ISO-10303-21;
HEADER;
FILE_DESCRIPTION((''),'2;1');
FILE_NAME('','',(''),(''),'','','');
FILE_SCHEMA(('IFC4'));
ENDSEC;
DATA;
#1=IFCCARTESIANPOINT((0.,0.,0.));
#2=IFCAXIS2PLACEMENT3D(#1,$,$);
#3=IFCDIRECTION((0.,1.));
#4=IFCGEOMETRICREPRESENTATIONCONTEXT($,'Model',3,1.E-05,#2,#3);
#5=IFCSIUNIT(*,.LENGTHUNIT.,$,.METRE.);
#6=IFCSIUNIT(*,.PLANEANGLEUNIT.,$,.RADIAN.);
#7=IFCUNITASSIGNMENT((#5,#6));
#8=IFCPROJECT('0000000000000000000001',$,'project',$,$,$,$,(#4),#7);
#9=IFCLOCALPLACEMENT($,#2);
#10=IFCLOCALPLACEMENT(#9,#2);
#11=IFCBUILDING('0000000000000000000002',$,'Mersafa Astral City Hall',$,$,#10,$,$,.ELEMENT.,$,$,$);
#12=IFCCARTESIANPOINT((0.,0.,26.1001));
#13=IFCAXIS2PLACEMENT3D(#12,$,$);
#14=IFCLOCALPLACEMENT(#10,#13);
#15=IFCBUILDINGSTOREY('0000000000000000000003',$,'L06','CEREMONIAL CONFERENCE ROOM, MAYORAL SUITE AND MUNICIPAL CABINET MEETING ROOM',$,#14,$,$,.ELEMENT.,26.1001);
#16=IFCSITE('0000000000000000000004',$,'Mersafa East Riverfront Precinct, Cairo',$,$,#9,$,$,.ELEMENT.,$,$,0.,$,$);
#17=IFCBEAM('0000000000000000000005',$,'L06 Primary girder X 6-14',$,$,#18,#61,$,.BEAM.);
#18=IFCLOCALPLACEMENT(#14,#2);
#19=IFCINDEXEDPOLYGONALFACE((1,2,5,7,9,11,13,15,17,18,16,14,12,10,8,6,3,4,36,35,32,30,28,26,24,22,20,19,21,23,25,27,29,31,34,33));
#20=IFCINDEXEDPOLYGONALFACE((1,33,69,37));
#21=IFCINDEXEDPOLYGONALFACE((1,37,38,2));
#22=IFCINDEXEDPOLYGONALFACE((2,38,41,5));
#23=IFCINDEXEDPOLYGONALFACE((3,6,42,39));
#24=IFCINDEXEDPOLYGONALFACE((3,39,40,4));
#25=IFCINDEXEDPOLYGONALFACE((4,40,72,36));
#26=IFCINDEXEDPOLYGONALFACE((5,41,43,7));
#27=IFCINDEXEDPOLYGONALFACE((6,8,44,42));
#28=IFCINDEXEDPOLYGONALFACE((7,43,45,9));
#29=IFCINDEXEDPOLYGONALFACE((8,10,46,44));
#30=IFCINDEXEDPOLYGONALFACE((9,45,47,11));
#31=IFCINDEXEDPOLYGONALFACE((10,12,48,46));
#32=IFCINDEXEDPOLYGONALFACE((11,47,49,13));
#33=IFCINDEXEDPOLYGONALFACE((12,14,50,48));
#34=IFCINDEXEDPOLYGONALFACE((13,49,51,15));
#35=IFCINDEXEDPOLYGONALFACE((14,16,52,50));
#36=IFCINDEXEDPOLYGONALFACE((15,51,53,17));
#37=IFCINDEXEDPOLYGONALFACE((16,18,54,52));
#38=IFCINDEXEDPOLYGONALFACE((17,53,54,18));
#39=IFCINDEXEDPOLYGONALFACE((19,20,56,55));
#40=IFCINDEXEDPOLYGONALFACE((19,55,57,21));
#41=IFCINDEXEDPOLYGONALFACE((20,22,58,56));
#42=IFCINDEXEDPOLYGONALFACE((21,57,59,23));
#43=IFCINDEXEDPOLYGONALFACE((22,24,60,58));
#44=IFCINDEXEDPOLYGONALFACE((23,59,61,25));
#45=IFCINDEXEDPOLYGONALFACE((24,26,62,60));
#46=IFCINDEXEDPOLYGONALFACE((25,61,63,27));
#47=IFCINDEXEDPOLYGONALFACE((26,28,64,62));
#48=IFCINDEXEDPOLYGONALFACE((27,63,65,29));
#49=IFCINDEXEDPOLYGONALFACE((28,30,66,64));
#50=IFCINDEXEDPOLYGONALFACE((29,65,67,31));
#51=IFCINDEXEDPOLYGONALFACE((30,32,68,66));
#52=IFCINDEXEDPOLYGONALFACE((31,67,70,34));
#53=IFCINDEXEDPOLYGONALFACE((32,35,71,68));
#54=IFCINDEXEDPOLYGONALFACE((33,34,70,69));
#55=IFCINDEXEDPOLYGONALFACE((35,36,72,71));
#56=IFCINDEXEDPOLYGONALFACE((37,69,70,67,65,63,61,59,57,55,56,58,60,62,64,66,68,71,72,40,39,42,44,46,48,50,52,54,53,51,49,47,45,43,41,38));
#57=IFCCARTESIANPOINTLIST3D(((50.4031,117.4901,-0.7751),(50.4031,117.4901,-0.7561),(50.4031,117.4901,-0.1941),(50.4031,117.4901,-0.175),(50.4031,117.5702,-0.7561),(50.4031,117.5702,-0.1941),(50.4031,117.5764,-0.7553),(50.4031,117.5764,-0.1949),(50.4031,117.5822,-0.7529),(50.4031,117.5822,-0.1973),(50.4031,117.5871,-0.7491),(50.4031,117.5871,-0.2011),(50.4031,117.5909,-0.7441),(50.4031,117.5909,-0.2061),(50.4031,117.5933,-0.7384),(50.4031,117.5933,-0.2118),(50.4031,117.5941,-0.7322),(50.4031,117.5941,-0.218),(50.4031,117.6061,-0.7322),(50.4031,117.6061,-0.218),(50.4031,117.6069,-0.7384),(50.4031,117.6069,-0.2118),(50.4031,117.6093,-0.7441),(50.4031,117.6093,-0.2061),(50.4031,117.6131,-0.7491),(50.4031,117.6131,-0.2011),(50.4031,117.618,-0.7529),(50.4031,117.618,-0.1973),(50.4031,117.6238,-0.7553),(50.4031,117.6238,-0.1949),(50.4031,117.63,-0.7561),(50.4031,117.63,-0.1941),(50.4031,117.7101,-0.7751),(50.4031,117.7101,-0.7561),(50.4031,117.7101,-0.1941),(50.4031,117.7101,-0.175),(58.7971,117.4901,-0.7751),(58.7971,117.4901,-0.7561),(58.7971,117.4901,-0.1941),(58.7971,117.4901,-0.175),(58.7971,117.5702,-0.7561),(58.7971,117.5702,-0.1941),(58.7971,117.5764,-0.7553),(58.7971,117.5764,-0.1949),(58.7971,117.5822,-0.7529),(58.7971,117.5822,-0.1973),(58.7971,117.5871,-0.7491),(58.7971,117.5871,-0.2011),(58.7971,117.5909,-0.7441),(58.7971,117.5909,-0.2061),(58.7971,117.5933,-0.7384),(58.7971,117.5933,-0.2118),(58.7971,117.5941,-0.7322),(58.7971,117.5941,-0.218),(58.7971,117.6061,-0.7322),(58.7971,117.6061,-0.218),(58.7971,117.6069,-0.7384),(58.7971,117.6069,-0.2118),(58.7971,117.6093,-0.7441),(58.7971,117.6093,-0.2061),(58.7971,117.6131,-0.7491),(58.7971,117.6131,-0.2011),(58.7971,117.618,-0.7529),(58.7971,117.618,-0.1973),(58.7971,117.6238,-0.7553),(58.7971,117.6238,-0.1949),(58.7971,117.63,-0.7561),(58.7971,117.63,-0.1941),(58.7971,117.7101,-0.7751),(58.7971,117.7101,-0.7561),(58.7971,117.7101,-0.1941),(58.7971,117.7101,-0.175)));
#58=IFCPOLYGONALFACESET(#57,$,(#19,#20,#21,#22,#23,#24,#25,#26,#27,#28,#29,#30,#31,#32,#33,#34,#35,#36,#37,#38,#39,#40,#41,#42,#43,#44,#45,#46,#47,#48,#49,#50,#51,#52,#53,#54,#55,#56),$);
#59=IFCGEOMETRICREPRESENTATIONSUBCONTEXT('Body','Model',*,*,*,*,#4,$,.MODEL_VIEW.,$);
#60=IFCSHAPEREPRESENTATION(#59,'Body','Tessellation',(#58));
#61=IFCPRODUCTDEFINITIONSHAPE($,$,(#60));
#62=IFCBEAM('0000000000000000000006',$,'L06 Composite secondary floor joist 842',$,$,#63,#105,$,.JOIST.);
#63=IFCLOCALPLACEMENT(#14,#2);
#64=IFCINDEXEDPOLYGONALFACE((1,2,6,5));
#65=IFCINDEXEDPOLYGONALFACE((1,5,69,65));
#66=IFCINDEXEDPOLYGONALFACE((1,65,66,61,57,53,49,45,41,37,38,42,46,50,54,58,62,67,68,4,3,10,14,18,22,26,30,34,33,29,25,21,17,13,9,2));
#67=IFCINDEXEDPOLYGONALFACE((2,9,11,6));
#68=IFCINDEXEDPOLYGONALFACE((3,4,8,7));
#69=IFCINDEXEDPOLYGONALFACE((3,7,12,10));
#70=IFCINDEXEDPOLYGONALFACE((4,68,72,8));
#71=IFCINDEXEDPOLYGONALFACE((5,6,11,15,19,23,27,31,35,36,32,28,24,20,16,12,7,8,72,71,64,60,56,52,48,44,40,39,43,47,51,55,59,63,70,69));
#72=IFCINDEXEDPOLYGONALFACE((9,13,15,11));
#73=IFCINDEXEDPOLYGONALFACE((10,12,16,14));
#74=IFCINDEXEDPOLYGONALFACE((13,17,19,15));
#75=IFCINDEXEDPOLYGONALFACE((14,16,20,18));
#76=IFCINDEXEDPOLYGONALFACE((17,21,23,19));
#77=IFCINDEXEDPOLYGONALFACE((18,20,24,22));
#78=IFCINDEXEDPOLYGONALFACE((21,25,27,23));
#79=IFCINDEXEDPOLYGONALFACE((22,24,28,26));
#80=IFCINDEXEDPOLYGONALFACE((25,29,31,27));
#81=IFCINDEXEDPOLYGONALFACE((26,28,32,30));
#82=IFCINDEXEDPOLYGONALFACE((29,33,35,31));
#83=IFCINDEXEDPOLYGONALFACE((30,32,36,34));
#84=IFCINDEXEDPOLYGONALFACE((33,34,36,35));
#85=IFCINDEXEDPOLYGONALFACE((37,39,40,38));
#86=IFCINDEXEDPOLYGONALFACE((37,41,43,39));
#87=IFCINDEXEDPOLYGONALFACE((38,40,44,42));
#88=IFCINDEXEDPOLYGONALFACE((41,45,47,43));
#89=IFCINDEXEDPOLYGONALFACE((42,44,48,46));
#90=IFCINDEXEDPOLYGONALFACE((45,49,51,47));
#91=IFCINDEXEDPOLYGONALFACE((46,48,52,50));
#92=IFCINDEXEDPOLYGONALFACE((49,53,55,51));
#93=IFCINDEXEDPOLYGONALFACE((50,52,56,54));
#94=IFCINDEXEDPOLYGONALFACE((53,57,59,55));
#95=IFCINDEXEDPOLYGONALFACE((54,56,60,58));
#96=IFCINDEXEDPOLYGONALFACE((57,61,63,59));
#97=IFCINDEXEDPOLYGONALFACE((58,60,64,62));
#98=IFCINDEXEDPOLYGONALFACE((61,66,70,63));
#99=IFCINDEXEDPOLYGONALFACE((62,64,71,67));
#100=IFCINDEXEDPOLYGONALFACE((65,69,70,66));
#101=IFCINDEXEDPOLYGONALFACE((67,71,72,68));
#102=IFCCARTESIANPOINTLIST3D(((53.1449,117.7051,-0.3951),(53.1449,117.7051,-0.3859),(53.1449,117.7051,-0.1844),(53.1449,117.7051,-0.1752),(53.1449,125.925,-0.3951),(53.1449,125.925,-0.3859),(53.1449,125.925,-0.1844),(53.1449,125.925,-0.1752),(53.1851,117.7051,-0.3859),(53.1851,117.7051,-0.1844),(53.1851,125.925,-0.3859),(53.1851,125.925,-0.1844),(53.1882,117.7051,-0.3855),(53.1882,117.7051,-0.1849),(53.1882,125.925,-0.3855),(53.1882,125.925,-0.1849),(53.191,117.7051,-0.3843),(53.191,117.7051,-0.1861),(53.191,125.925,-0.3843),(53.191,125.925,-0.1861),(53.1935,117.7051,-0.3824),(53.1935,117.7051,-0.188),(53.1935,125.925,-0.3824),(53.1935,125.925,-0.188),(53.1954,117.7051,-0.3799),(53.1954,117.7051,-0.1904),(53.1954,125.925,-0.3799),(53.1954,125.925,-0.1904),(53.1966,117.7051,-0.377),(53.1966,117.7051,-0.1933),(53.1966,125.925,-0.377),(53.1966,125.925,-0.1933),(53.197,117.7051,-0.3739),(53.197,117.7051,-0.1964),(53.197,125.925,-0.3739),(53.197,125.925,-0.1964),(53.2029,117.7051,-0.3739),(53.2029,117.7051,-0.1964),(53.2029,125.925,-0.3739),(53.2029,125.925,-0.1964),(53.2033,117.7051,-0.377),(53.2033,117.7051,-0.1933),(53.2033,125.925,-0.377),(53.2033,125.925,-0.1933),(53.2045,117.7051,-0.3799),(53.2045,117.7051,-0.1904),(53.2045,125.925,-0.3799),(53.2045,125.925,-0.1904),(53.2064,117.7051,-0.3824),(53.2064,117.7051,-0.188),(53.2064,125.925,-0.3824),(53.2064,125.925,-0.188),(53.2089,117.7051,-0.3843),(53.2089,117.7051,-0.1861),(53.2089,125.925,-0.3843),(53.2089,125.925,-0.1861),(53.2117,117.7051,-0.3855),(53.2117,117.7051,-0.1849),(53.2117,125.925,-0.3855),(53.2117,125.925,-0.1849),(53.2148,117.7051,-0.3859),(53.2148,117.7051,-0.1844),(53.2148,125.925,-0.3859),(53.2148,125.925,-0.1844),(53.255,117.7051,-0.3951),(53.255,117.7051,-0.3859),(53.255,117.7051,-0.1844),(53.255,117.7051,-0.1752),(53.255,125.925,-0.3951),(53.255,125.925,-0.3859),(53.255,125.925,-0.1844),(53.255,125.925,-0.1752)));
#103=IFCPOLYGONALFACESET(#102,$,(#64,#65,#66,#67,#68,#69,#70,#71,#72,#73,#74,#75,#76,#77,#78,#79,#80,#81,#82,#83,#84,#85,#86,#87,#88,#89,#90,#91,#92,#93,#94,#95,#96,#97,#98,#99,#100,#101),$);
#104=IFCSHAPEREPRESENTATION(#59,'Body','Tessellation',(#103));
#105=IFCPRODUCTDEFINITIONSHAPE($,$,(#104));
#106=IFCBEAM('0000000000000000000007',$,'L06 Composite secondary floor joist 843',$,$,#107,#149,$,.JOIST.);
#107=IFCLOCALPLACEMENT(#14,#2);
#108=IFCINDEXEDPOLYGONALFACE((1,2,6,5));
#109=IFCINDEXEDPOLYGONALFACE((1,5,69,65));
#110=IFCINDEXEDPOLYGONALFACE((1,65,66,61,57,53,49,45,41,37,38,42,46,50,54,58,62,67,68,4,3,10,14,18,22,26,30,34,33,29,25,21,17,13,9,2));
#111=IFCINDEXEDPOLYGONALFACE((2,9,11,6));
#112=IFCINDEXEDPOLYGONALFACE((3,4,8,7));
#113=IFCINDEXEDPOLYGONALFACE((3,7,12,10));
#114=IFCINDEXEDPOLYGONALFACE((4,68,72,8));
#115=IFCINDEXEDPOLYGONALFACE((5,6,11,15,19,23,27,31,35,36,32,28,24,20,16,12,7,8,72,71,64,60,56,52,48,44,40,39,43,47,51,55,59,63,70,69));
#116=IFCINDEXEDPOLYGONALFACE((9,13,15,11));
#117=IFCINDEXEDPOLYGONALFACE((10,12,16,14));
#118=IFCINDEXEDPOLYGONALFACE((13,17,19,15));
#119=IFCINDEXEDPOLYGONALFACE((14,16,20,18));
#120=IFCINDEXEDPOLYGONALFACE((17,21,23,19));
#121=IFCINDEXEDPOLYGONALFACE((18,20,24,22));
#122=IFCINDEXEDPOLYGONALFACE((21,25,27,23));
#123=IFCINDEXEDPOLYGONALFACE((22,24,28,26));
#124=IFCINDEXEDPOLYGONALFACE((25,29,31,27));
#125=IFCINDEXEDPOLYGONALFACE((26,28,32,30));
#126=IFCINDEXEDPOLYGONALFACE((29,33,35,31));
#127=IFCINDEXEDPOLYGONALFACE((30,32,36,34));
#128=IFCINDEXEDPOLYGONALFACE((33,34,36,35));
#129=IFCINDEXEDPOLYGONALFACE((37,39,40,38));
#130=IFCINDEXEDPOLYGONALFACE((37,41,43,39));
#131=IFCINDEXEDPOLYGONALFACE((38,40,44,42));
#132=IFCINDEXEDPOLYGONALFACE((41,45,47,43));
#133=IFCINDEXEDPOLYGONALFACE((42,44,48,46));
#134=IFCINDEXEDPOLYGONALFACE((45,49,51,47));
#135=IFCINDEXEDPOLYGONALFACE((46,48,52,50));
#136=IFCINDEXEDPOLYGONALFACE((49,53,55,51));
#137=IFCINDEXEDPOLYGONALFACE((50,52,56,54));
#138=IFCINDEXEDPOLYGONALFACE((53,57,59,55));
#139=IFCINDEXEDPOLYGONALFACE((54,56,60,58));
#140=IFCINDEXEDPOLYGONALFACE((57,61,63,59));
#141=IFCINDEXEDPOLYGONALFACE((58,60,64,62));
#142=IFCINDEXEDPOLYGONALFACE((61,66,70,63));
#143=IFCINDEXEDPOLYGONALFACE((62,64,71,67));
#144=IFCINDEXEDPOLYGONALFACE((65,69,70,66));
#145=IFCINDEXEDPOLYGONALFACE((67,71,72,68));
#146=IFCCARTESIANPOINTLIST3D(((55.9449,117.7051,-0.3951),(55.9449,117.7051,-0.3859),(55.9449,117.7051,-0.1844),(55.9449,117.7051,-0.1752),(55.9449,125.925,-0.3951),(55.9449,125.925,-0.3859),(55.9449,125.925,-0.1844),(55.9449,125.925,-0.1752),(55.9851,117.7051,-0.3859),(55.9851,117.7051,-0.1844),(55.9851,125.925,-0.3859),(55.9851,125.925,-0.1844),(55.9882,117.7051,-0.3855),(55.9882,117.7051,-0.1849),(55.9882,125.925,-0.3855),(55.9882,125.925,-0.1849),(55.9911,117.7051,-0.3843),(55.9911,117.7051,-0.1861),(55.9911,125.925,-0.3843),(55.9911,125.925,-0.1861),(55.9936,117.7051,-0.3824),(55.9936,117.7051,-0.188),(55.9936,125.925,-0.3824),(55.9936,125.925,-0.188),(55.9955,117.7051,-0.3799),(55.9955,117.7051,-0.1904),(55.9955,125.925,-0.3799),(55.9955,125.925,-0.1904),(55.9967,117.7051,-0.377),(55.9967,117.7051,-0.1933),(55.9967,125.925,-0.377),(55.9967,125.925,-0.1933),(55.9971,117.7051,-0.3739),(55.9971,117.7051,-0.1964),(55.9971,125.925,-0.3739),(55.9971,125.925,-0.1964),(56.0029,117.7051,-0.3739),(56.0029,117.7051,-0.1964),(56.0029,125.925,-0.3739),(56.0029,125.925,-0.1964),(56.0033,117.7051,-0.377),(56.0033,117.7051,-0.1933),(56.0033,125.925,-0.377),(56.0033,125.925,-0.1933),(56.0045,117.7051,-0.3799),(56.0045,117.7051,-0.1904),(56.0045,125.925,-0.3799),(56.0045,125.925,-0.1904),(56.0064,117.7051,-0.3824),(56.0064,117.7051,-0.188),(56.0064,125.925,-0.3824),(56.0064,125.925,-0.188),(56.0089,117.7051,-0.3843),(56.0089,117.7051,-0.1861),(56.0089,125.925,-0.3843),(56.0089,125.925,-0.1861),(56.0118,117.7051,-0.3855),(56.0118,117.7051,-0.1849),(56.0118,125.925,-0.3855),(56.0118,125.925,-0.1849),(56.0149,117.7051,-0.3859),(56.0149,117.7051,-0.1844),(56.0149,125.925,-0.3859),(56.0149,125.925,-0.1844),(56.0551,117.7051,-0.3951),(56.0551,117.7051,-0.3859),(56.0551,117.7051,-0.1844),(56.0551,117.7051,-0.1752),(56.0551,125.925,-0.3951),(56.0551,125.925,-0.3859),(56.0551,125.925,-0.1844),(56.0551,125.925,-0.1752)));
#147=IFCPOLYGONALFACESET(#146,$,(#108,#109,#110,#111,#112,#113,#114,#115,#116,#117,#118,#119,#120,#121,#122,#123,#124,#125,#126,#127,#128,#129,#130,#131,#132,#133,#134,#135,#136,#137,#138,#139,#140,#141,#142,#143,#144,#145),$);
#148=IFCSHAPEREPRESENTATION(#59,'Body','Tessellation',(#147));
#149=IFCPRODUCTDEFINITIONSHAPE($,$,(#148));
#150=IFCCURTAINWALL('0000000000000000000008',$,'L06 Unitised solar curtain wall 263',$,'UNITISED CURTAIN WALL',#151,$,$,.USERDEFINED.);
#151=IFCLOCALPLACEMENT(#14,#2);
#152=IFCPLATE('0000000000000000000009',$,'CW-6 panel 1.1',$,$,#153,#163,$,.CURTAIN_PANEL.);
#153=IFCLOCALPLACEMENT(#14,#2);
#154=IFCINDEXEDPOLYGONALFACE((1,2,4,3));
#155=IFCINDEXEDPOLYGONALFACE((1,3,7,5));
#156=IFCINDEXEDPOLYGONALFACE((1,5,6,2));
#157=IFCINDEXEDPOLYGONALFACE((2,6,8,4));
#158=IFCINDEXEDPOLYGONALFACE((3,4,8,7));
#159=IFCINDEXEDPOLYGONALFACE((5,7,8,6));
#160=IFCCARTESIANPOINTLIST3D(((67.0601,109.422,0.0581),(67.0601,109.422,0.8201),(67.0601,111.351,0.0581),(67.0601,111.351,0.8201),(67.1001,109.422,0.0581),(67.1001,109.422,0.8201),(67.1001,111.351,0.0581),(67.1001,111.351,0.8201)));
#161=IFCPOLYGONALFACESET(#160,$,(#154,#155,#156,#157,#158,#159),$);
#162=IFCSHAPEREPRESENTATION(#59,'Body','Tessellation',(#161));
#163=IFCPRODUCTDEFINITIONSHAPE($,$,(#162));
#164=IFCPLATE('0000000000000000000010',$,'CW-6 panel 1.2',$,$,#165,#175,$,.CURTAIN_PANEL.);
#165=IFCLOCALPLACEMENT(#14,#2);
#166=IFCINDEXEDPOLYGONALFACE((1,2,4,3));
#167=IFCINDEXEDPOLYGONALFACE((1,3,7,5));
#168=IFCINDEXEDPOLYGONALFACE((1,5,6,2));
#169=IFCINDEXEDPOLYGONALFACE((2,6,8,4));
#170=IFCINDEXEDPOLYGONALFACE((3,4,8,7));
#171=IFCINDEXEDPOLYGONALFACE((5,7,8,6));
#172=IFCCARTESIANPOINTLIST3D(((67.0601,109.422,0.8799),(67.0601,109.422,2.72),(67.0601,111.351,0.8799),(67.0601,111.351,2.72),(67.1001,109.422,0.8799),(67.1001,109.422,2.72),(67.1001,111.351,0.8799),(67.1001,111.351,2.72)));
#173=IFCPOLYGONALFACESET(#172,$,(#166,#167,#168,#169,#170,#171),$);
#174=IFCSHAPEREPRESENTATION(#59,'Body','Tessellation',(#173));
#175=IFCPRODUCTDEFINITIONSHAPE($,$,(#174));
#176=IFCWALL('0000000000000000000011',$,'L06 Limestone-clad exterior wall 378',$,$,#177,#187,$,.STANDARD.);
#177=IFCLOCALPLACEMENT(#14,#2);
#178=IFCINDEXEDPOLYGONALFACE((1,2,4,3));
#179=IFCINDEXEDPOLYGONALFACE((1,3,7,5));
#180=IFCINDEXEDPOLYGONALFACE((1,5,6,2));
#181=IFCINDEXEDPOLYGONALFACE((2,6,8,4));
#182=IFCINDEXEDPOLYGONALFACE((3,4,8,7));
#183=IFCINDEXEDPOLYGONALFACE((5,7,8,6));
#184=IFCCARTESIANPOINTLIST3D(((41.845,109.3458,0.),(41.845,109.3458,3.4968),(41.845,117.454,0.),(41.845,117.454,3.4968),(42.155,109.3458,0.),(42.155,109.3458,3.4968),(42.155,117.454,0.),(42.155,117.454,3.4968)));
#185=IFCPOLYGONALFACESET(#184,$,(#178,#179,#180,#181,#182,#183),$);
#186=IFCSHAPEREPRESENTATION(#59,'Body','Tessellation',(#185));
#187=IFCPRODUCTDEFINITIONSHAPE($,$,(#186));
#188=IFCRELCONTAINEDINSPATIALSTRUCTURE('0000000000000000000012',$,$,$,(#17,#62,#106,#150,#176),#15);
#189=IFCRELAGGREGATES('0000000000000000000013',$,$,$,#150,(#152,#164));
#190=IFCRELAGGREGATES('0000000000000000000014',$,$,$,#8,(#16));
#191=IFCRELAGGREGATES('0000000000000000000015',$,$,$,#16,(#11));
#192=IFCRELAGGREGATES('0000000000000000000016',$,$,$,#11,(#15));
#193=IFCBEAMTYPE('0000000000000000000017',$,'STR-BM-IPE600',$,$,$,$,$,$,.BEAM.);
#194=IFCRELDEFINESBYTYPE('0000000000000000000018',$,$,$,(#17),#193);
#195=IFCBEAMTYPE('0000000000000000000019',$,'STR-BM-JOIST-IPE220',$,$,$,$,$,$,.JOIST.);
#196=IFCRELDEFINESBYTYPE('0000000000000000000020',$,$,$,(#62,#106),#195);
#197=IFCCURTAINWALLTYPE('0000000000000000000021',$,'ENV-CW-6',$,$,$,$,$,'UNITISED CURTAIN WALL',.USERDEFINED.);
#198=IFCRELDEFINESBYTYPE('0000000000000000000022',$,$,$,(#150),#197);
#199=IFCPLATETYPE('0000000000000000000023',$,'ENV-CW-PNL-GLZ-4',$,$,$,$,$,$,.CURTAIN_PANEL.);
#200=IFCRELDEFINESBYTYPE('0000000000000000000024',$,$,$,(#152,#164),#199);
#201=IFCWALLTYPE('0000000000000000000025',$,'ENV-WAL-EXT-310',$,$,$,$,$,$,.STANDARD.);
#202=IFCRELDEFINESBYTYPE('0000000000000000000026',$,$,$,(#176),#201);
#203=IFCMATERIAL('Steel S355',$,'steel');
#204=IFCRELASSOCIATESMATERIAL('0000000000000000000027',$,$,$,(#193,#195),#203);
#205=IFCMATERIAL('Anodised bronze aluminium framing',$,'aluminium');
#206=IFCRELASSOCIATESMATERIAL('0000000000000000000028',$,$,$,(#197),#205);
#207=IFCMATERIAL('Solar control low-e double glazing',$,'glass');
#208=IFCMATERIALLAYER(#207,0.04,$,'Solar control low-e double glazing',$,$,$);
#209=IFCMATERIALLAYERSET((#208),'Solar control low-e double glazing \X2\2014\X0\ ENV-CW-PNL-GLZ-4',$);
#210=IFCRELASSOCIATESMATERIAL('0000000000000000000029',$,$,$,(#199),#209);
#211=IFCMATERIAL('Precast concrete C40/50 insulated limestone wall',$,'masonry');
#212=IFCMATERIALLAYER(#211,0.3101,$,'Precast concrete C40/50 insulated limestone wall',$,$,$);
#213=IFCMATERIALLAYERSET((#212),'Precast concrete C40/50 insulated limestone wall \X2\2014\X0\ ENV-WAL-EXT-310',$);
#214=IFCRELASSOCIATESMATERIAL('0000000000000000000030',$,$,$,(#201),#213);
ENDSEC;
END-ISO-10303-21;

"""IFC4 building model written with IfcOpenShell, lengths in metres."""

from ifc_helpers import new_model, si_unit, direction, frame, frame_2d, origin, origin_2d, place, context, subcontext, project, spatial, rectangle, i_section, extrude, material, layer, layer_set, material_profile, profile_set, type_object, element, aggregate, save


model = new_model("IFC4")

# Units and contexts
model_context = context("Model", 3, precision=1e-05, world=origin(), true_north=direction((0.0, 1.0)))
body_context = subcontext(model_context, "Body", "Model", "MODEL_VIEW")
ifc_project = project(units=[si_unit("LENGTHUNIT", "METRE"), si_unit("PLANEANGLEUNIT", "RADIAN")], contexts=[model_context])

# Site, building, storey
site_placement = place(None, origin())
site = spatial("IfcSite", under=ifc_project, at=site_placement, Name="Mersafa East Riverfront Precinct, Cairo", CompositionType="ELEMENT", RefElevation=0.0)
building_placement = place(site_placement, origin())
building = spatial("IfcBuilding", under=site, at=building_placement, Name="Mersafa Astral City Hall", CompositionType="ELEMENT")
storey_placement = place(building_placement, frame((0.0, 0.0, 26.1001)))
storey = spatial("IfcBuildingStorey", under=building, at=storey_placement, Name="L06", Description="CEREMONIAL CONFERENCE ROOM, MAYORAL SUITE AND MUNICIPAL CABINET MEETING ROOM", CompositionType="ELEMENT", Elevation=26.1001)

# Shared definitions
ifc_material_1 = material(Name="Steel S355", Category="steel")

# Beams
ifc_material_profile_1 = material_profile(ifc_material_1, i_section(OverallWidth=0.22, OverallDepth=0.6001, WebThickness=0.012, FlangeThickness=0.019, FilletRadius=0.0239, at=origin_2d()), Name="IPE 600")
ifc_profile_set_1 = profile_set([ifc_material_profile_1], Name="Steel S355")
beam_type_1 = type_object("IfcBeamType", Name="STR-BM-IPE600", PredefinedType="BEAM", material=ifc_profile_set_1)
beam_1_placement = place(storey_placement, frame((50.4031, 117.6001, -0.4751), z_axis=(1.0, 0.0, 0.0), x_axis=(0.0, 1.0, 0.0)))
element("IfcBeam", 1, at=beam_1_placement, inside=storey, type_object=beam_type_1, Name="L06 Primary girder X 6-14", PredefinedType="BEAM", context=body_context, shape_type="SweptSolid", body=[
    extrude(i_section(OverallWidth=0.22, OverallDepth=0.6001, WebThickness=0.012, FlangeThickness=0.019, FilletRadius=0.0239, at=origin_2d()), origin(), (0.0, 0.0, 1.0), 8.394),
])
ifc_material_profile_2 = material_profile(ifc_material_1, i_section(OverallWidth=0.1101, OverallDepth=0.22, WebThickness=0.0059, FlangeThickness=0.0093, FilletRadius=0.012, at=origin_2d()), Name="IPE 220")
ifc_profile_set_2 = profile_set([ifc_material_profile_2], Name="Steel S355")
beam_type_2 = type_object("IfcBeamType", Name="STR-BM-JOIST-IPE220", PredefinedType="JOIST", material=ifc_profile_set_2)
for number, where, z_axis, x_axis, name in (
    (2, (53.2, 117.7051, -0.2852), (0.0, 1.0, 0.0), (-1.0, 0.0, 0.0), "L06 Composite secondary floor joist 842"),
    (3, (56.0, 117.7051, -0.2852), (0.0, 1.0, 0.0), (-1.0, 0.0, 0.0), "L06 Composite secondary floor joist 843"),
):
    element("IfcBeam", number, at=place(storey_placement, frame(where, z_axis=z_axis, x_axis=x_axis)), inside=storey, type_object=beam_type_2, Name=name, PredefinedType="JOIST", context=body_context, shape_type="SweptSolid", body=[
        extrude(i_section(OverallWidth=0.1101, OverallDepth=0.22, WebThickness=0.0059, FlangeThickness=0.0093, FilletRadius=0.012, at=origin_2d()), origin(), (0.0, 0.0, 1.0), 8.22),
    ])

# Curtain wall, plates
ifc_material_2 = material(Name="Anodised bronze aluminium framing", Category="aluminium")
curtain_wall_type = type_object("IfcCurtainWallType", Name="ENV-CW-6", ElementType="UNITISED CURTAIN WALL", PredefinedType="USERDEFINED", material=ifc_material_2)
curtain_wall_placement = place(storey_placement, origin())
curtain_wall = element("IfcCurtainWall", 4, at=curtain_wall_placement, inside=storey, type_object=curtain_wall_type, Name="L06 Unitised solar curtain wall 263", ObjectType="UNITISED CURTAIN WALL", PredefinedType="USERDEFINED")
ifc_material_3 = material(Name="Solar control low-e double glazing", Category="glass")
ifc_layer_1 = layer(ifc_material_3, 0.04, Name="Solar control low-e double glazing")
ifc_layer_set_1 = layer_set([ifc_layer_1], Name="Solar control low-e double glazing — ENV-CW-PNL-GLZ-4")
plate_type = type_object("IfcPlateType", Name="ENV-CW-PNL-GLZ-4", PredefinedType="CURTAIN_PANEL", material=ifc_layer_set_1)
plate_1_placement = place(storey_placement, frame((67.0801, 110.3865, 0.0581), z_axis=(0.0, 0.0, 1.0), x_axis=(0.0, 1.0, 0.0)))
plate_1 = element("IfcPlate", 5, at=plate_1_placement, type_object=plate_type, Name="CW-6 panel 1.1", PredefinedType="CURTAIN_PANEL", context=body_context, shape_type="SweptSolid", body=[
    extrude(rectangle(XDim=1.929, YDim=0.04, at=origin_2d()), origin(), (0.0, 0.0, 1.0), 0.762),
])
plate_2_placement = place(storey_placement, frame((67.0801, 110.3865, 0.8799), z_axis=(0.0, 0.0, 1.0), x_axis=(0.0, 1.0, 0.0)))
plate_2 = element("IfcPlate", 6, at=plate_2_placement, type_object=plate_type, Name="CW-6 panel 1.2", PredefinedType="CURTAIN_PANEL", context=body_context, shape_type="SweptSolid", body=[
    extrude(rectangle(XDim=1.929, YDim=0.04, at=origin_2d()), origin(), (0.0, 0.0, 1.0), 1.8401),
])
aggregate(curtain_wall, [plate_1, plate_2])

# Wall
ifc_material_4 = material(Name="Precast concrete C40/50 insulated limestone wall", Category="masonry")
ifc_layer_2 = layer(ifc_material_4, 0.3101, Name="Precast concrete C40/50 insulated limestone wall")
ifc_layer_set_2 = layer_set([ifc_layer_2], Name="Precast concrete C40/50 insulated limestone wall — ENV-WAL-EXT-310")
wall_type_1 = type_object("IfcWallType", Name="ENV-WAL-EXT-310", PredefinedType="STANDARD", material=ifc_layer_set_2)
wall_1_placement = place(storey_placement, frame((42.0, 117.4541, 0.0), z_axis=(0.0, 0.0, 1.0), x_axis=(0.0, -1.0, 0.0)))
element("IfcWall", 7, at=wall_1_placement, inside=storey, type_object=wall_type_1, Name="L06 Limestone-clad exterior wall 378", PredefinedType="STANDARD", context=body_context, shape_type="SweptSolid", body=[
    extrude(rectangle(XDim=8.1082, YDim=0.3101, at=frame_2d((4.0542, 0.0))), origin(), (0.0, 0.0, 1.0), 3.4968),
])

save(model, "model.ifc")
